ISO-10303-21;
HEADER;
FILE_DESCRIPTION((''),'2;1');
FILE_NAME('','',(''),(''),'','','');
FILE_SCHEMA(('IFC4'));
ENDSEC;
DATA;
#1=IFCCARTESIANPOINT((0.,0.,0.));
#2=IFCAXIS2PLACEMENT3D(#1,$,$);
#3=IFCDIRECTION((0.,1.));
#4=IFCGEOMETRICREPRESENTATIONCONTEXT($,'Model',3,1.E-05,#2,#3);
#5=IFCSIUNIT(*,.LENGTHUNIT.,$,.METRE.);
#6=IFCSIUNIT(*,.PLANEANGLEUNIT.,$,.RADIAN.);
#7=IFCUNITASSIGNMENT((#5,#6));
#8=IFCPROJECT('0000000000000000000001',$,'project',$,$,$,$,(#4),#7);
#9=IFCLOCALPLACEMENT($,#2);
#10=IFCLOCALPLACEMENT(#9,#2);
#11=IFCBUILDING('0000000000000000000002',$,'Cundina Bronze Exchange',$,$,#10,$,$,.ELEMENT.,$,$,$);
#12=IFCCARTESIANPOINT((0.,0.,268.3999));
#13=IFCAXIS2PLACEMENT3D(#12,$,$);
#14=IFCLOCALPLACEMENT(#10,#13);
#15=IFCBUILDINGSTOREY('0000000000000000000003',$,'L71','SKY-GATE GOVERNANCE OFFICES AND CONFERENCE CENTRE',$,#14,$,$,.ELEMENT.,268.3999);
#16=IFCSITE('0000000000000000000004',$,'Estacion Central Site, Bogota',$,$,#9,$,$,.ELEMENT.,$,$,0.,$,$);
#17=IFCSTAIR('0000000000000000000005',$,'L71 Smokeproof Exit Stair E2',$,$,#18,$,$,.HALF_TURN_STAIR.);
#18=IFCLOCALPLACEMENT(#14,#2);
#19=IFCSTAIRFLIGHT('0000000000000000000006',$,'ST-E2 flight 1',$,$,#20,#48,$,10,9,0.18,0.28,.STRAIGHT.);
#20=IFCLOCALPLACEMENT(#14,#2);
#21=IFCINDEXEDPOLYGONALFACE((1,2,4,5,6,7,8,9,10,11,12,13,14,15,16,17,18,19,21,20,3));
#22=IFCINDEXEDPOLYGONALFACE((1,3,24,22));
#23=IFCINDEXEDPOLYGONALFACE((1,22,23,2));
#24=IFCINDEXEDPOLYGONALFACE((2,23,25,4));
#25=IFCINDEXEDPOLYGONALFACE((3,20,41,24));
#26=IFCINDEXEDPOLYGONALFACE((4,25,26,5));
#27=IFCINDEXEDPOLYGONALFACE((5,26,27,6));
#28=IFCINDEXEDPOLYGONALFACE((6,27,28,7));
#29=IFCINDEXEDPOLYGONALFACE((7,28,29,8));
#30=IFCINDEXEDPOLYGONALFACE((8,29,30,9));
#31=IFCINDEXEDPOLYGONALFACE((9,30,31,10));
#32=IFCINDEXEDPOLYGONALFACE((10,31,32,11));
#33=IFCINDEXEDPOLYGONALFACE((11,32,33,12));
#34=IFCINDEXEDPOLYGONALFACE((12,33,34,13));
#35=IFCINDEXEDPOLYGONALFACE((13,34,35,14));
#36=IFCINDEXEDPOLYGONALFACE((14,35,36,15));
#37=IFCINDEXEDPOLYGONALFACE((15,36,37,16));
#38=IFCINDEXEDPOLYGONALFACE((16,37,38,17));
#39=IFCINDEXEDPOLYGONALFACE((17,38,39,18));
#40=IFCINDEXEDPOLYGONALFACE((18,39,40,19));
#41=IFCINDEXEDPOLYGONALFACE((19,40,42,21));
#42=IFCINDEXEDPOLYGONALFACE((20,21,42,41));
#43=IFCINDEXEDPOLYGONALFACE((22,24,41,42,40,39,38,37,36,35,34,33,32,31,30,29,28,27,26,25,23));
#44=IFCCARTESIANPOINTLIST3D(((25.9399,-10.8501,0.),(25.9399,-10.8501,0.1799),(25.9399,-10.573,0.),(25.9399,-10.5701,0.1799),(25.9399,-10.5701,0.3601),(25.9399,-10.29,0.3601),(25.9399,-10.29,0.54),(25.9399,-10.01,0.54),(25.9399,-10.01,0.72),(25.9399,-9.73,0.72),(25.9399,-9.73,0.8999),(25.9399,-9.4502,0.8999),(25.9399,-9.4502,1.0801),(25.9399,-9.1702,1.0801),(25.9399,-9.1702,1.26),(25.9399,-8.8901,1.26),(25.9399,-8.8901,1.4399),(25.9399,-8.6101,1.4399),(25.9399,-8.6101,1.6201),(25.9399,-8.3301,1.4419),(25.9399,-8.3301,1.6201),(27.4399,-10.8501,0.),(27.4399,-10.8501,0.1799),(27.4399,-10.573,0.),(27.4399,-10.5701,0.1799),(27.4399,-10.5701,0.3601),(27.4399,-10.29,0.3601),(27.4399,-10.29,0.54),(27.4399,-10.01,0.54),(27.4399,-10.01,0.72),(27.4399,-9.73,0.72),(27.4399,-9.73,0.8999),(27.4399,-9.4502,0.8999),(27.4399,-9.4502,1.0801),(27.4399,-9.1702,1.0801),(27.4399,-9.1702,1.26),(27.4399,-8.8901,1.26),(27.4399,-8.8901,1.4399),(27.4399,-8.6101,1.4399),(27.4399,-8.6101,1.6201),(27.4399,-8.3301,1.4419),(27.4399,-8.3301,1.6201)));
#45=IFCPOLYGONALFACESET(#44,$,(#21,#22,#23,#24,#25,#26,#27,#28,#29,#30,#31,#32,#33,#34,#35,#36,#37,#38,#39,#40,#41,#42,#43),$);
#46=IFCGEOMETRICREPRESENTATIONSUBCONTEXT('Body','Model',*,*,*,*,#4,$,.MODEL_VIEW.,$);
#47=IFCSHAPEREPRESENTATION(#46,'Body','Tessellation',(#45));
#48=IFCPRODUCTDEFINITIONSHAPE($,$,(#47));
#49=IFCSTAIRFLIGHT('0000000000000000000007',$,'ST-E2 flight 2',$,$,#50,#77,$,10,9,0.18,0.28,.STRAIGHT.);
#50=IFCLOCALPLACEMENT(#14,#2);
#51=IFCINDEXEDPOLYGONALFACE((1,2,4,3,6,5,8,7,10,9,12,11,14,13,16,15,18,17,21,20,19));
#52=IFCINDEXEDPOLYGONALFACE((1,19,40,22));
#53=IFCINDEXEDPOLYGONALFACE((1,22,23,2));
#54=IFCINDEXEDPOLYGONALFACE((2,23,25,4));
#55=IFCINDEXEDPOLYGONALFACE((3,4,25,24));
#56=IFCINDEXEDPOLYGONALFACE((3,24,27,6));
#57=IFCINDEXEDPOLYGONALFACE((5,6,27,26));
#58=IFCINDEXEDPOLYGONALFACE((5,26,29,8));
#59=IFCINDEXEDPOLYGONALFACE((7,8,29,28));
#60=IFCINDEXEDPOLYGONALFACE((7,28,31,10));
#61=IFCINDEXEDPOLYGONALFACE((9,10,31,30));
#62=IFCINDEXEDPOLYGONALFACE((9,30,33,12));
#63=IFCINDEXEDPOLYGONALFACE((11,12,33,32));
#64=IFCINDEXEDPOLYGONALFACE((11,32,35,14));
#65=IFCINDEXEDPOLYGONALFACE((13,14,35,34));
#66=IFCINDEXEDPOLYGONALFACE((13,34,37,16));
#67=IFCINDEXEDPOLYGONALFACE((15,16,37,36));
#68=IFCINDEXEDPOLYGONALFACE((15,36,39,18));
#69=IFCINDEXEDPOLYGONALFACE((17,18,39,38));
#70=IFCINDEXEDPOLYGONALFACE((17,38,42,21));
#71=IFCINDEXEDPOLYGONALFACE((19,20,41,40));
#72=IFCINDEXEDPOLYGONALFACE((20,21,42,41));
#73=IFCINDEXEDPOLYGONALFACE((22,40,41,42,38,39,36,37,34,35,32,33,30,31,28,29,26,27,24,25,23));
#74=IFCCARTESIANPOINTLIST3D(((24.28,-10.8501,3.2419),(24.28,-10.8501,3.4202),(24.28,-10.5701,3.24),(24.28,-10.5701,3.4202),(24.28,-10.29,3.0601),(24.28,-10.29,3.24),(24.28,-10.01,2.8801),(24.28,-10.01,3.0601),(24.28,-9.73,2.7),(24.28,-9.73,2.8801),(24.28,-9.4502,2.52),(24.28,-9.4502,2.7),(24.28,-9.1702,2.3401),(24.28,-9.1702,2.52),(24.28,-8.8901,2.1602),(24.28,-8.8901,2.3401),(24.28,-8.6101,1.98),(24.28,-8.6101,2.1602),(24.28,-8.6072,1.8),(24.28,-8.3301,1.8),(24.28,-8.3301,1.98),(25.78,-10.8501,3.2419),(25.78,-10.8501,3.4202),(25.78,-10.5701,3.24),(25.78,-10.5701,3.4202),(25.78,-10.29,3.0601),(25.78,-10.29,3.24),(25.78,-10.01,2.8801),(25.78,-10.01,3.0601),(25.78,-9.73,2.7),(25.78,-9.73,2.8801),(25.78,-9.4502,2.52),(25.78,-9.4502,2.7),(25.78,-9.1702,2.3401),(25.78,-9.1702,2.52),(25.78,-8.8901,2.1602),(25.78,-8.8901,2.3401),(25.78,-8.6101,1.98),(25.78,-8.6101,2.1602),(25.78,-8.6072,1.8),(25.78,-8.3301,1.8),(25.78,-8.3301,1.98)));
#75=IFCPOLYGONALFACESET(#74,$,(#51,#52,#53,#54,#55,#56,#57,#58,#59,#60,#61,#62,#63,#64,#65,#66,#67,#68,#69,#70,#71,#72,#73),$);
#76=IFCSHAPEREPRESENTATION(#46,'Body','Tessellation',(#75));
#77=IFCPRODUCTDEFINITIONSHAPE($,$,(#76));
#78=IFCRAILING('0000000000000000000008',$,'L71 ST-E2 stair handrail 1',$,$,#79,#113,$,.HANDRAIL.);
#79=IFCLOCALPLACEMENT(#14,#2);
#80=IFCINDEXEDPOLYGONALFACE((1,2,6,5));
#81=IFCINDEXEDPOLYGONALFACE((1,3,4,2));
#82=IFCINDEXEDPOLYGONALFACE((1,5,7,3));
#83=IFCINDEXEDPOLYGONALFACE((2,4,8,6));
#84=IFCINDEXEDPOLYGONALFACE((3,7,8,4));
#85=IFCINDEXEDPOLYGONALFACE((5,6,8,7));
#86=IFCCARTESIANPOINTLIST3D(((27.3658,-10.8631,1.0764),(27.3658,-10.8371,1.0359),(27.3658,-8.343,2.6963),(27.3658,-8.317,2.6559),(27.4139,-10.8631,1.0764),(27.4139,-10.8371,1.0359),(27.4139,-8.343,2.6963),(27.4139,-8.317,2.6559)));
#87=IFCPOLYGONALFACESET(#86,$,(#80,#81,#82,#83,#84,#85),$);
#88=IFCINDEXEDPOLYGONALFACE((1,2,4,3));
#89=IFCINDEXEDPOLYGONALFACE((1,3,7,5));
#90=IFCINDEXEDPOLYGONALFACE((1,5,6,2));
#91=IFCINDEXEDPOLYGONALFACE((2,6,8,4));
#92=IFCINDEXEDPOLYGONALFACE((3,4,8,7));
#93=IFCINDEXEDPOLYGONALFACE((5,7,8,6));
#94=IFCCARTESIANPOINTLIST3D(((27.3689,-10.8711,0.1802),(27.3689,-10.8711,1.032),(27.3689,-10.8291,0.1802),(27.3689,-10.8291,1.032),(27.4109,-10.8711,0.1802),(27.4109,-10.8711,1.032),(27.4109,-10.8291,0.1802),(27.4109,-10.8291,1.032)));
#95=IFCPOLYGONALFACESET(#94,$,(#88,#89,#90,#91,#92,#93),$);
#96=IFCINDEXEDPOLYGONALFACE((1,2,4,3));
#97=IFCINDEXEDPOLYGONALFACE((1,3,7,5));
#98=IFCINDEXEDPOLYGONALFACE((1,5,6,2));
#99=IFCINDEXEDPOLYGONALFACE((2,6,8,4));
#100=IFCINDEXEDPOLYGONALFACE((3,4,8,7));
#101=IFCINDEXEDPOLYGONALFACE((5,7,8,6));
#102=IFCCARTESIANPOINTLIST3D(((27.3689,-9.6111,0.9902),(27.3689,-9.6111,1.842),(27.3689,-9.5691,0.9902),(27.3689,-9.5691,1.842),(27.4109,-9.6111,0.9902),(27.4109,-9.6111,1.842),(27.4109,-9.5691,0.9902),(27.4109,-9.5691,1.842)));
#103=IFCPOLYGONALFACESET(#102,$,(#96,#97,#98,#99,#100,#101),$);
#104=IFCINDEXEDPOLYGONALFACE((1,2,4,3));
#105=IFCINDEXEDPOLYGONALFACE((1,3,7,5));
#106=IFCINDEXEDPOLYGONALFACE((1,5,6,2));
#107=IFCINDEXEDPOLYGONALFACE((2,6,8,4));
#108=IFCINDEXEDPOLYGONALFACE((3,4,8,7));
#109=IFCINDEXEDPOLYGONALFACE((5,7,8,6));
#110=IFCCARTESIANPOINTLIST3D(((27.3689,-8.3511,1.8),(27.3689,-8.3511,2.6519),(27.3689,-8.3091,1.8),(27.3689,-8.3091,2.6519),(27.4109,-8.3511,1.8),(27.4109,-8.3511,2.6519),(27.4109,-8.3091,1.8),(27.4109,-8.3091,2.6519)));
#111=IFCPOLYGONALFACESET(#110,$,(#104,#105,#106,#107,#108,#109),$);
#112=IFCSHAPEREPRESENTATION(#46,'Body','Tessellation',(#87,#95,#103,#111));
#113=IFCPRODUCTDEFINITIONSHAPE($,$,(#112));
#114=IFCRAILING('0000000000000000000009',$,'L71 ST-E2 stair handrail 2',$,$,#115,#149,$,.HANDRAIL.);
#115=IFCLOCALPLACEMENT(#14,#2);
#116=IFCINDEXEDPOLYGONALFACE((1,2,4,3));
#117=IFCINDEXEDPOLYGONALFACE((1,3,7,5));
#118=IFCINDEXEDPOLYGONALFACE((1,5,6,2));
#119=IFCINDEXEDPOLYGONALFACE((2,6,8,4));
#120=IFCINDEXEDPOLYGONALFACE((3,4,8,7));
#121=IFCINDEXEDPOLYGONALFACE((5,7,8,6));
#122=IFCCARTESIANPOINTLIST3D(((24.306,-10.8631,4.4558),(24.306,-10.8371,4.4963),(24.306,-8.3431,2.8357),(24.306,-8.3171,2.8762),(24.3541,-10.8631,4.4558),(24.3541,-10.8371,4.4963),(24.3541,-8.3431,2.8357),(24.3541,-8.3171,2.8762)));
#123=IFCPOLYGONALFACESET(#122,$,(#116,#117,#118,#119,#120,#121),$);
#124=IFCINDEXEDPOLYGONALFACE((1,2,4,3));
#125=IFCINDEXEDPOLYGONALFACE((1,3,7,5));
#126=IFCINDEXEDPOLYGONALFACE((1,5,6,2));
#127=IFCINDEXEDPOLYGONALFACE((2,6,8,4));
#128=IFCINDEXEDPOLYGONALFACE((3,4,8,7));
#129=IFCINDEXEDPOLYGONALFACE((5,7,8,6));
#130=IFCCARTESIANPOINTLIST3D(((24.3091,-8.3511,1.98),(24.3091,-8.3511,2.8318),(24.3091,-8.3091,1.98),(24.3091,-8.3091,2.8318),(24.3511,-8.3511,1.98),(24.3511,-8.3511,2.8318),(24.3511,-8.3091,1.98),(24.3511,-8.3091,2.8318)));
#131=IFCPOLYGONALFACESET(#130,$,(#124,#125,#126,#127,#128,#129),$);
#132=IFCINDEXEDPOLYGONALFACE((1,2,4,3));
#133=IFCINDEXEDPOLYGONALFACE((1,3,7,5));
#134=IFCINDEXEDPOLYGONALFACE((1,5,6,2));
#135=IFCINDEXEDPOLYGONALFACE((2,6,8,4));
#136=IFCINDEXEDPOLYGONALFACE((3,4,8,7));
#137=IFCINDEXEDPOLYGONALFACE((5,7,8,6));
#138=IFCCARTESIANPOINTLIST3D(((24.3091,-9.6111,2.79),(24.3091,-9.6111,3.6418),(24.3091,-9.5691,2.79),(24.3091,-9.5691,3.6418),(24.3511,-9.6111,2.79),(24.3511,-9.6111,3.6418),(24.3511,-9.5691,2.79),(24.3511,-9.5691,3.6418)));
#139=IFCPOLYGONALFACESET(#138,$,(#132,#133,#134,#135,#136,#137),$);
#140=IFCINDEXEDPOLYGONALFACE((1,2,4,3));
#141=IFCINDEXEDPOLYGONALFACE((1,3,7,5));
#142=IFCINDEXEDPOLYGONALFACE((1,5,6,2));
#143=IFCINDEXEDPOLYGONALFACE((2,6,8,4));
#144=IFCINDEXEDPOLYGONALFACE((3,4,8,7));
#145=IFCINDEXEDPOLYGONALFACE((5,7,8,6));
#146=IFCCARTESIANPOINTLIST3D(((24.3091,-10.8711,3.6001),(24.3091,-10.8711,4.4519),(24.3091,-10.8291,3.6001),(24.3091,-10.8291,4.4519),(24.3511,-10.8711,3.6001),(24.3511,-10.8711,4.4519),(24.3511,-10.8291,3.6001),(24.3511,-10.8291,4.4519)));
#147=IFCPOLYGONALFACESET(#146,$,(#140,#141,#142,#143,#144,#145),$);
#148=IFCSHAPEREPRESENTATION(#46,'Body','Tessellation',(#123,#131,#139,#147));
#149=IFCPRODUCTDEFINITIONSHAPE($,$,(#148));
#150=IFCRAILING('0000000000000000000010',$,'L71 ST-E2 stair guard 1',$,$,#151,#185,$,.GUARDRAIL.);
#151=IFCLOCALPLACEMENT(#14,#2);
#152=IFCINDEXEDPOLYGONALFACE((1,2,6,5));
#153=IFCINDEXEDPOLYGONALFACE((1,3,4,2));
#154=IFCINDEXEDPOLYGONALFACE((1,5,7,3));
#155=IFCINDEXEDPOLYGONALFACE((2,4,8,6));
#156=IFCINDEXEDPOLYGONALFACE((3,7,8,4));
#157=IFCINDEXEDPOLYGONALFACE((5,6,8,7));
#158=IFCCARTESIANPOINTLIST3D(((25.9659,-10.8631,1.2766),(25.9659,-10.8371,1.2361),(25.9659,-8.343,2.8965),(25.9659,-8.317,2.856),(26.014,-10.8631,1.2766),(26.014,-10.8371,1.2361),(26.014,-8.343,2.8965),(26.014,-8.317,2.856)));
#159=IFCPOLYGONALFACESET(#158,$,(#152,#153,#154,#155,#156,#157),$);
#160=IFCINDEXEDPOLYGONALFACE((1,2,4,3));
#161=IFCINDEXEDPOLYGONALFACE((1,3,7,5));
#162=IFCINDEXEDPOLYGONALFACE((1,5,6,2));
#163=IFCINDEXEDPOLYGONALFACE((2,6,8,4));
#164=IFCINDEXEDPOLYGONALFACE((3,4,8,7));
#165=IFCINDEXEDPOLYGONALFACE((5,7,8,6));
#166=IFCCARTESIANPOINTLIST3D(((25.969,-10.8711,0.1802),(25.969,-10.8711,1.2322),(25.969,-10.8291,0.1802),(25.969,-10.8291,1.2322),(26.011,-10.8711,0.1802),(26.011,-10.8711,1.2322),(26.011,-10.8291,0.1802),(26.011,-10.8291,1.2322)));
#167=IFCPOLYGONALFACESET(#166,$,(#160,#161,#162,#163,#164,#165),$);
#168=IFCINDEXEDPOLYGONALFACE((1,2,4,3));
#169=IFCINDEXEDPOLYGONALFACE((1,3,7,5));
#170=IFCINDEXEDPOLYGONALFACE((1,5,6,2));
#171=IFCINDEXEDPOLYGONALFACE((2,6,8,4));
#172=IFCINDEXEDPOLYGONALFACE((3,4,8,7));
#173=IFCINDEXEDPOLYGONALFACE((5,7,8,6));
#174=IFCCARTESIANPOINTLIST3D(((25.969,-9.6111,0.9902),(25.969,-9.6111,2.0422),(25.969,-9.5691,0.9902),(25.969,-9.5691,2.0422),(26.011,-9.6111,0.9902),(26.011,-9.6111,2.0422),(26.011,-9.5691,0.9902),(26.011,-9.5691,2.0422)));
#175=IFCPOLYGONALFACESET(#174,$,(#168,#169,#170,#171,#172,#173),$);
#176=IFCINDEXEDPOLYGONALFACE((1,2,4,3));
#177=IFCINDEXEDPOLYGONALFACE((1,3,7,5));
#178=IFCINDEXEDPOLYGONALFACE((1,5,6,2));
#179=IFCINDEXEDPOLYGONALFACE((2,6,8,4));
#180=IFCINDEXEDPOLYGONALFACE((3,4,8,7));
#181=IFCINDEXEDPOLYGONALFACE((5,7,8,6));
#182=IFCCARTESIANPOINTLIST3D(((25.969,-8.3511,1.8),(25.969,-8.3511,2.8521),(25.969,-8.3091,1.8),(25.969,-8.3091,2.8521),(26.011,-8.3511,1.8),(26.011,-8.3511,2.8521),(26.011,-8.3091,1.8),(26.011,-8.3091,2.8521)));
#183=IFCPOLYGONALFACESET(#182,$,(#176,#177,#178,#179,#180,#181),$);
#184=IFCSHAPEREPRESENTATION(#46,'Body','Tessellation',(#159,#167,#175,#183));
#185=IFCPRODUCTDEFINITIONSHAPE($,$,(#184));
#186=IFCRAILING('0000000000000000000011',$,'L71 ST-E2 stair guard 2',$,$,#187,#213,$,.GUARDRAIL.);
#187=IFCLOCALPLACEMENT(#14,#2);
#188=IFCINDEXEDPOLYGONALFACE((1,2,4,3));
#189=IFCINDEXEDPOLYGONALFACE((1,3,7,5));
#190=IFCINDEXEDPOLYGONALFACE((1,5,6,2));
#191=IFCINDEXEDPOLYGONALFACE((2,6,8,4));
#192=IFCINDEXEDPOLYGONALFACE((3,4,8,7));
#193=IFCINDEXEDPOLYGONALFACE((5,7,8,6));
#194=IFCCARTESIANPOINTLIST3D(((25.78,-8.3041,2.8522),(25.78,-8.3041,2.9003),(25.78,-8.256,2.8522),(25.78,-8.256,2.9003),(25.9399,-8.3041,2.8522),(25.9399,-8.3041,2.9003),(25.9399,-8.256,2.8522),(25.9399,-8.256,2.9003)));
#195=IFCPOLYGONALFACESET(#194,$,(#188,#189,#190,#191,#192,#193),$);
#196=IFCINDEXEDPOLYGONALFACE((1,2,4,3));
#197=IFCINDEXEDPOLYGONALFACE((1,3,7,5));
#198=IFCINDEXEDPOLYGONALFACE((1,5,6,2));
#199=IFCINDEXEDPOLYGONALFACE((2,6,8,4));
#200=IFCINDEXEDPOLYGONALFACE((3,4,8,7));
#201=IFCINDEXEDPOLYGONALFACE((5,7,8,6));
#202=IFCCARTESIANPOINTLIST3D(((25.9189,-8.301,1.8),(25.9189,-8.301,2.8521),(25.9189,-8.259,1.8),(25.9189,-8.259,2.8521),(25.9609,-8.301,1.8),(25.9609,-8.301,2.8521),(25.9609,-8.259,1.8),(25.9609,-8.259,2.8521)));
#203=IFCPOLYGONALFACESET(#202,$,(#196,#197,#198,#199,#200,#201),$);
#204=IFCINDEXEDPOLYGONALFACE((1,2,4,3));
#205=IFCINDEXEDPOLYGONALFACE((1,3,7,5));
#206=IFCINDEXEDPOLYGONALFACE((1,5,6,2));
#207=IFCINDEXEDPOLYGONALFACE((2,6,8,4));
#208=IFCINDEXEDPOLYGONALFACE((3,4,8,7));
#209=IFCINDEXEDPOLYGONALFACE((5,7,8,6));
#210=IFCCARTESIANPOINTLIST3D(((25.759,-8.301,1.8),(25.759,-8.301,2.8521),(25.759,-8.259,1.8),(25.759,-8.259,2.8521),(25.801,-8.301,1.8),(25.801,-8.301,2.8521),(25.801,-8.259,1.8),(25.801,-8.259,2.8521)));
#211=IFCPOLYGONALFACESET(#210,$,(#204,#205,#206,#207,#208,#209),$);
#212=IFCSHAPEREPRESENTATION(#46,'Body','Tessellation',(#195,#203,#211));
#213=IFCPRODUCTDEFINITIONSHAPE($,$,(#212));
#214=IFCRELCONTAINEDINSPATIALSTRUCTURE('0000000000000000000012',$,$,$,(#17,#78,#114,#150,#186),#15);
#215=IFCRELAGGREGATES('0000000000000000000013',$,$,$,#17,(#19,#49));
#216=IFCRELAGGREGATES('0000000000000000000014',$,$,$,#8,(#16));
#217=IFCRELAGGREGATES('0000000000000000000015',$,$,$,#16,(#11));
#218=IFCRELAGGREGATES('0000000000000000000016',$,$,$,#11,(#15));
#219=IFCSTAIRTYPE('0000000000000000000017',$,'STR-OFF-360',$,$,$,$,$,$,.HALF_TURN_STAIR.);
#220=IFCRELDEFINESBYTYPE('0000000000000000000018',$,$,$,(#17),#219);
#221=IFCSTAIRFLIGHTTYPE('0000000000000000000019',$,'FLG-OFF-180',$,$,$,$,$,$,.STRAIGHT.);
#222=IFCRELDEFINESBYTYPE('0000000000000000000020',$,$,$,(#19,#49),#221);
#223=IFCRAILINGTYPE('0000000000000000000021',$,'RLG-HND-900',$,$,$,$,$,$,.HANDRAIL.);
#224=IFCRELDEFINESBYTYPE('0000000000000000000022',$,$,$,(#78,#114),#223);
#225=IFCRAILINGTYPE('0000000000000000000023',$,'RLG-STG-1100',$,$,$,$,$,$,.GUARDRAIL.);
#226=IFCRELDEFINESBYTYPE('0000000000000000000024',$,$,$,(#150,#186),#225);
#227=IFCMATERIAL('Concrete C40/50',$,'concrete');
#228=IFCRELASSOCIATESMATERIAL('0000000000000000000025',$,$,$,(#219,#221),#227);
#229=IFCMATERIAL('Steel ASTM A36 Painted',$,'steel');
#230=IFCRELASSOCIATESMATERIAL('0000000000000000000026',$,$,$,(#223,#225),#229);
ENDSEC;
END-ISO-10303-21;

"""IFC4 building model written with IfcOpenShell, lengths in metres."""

from ifc_helpers import new_model, si_unit, direction, frame, origin, origin_2d, place, context, subcontext, project, spatial, polyline, rectangle, outline, extrude, material, type_object, element, aggregate, save


model = new_model("IFC4")

# Units and contexts
model_context = context("Model", 3, precision=1e-05, world=origin(), true_north=direction((0.0, 1.0)))
body_context = subcontext(model_context, "Body", "Model", "MODEL_VIEW")
ifc_project = project(units=[si_unit("LENGTHUNIT", "METRE"), si_unit("PLANEANGLEUNIT", "RADIAN")], contexts=[model_context])

# Site, building, storey
site_placement = place(None, origin())
site = spatial("IfcSite", under=ifc_project, at=site_placement, Name="Estacion Central Site, Bogota", CompositionType="ELEMENT", RefElevation=0.0)
building_placement = place(site_placement, origin())
building = spatial("IfcBuilding", under=site, at=building_placement, Name="Cundina Bronze Exchange", CompositionType="ELEMENT")
storey_placement = place(building_placement, frame((0.0, 0.0, 268.3999)))
storey = spatial("IfcBuildingStorey", under=building, at=storey_placement, Name="L71", Description="SKY-GATE GOVERNANCE OFFICES AND CONFERENCE CENTRE", CompositionType="ELEMENT", Elevation=268.3999)

# Shared definitions
ifc_material_1 = material(Name="Steel ASTM A36 Painted", Category="steel")

# Stair, stair flights
ifc_material_2 = material(Name="Concrete C40/50", Category="concrete")
stair_type = type_object("IfcStairType", Name="STR-OFF-360", PredefinedType="HALF_TURN_STAIR", material=ifc_material_2)
stair_placement = place(storey_placement, origin())
stair = element("IfcStair", 1, at=stair_placement, inside=storey, type_object=stair_type, Name="L71 Smokeproof Exit Stair E2", PredefinedType="HALF_TURN_STAIR")
stair_flight_type = type_object("IfcStairFlightType", Name="FLG-OFF-180", PredefinedType="STRAIGHT", material=ifc_material_2)
stair_flight_1_placement = place(storey_placement, frame((26.6899, -10.8501, 0.0), z_axis=(0.0, 0.0, 1.0), x_axis=(0.0, 1.0, 0.0)))
stair_flight_1 = element("IfcStairFlight", 2, at=stair_flight_1_placement, type_object=stair_flight_type, Name="ST-E2 flight 1", NumberOfRisers=10, NumberOfTreads=9, PredefinedType="STRAIGHT", RiserHeight=0.18, TreadLength=0.28, context=body_context, shape_type="SweptSolid", body=[
    extrude(outline(polyline([(0.0, 0.0), (0.0, 0.1799), (0.28, 0.1799), (0.28, 0.3601), (0.5601, 0.3601), (0.5601, 0.54), (0.8401, 0.54), (0.8401, 0.72), (1.1201, 0.72), (1.1201, 0.8999), (1.3999, 0.8999), (1.3999, 1.0801), (1.6799, 1.0801), (1.6799, 1.26), (1.96, 1.26), (1.96, 1.4399), (2.24, 1.4399), (2.24, 1.6201), (2.52, 1.6201), (2.52, 1.8), (2.52, 1.4419), (0.2771, 0.0), (0.0, 0.0)])), frame((0.0, 0.75, 0.0), z_axis=(0.0, -1.0, 0.0), x_axis=(1.0, 0.0, 0.0)), (0.0, 0.0, 1.0), 1.5),
])
stair_flight_2_placement = place(storey_placement, frame((25.03, -8.3301, 1.8), z_axis=(0.0, 0.0, 1.0), x_axis=(0.0, -1.0, 0.0)))
stair_flight_2 = element("IfcStairFlight", 3, at=stair_flight_2_placement, type_object=stair_flight_type, Name="ST-E2 flight 2", NumberOfRisers=10, NumberOfTreads=9, PredefinedType="STRAIGHT", RiserHeight=0.18, TreadLength=0.28, context=body_context, shape_type="SweptSolid", body=[
    extrude(outline(polyline([(0.0, 0.0), (0.0, 0.1799), (0.28, 0.1799), (0.28, 0.3601), (0.5601, 0.3601), (0.5601, 0.54), (0.8401, 0.54), (0.8401, 0.72), (1.1201, 0.72), (1.1201, 0.8999), (1.3999, 0.8999), (1.3999, 1.0801), (1.6799, 1.0801), (1.6799, 1.26), (1.96, 1.26), (1.96, 1.4399), (2.24, 1.4399), (2.24, 1.6201), (2.52, 1.6201), (2.52, 1.8), (2.52, 1.4419), (0.2771, 0.0), (0.0, 0.0)])), frame((0.0, 0.75, 0.0), z_axis=(0.0, -1.0, 0.0), x_axis=(1.0, 0.0, 0.0)), (0.0, 0.0, 1.0), 1.5),
])
aggregate(stair, [stair_flight_1, stair_flight_2])

# Railings
railing_type_1 = type_object("IfcRailingType", Name="RLG-HND-900", PredefinedType="HANDRAIL", material=ifc_material_1)
railing_1_placement = place(storey_placement, frame((27.3899, -10.8501, 0.1802)))
element("IfcRailing", 4, at=railing_1_placement, inside=storey, type_object=railing_type_1, Name="L71 ST-E2 stair handrail 1", PredefinedType="HANDRAIL", context=body_context, shape_type="SweptSolid", body=[
    extrude(rectangle(XDim=0.0481, YDim=0.0481, at=origin_2d()), frame((0.0, 0.0, 0.876), z_axis=(0.0, 0.8412, 0.540725), x_axis=(-1.0, 0.0, 0.0)), (0.0, 0.0, 1.0), 2.9958),
    extrude(rectangle(XDim=0.042, YDim=0.042, at=origin_2d()), origin(), (0.0, 0.0, 1.0), 0.8518),
    extrude(rectangle(XDim=0.042, YDim=0.042, at=origin_2d()), frame((0.0, 1.26, 0.8101)), (0.0, 0.0, 1.0), 0.8518),
    extrude(rectangle(XDim=0.042, YDim=0.042, at=origin_2d()), frame((0.0, 2.52, 1.6199)), (0.0, 0.0, 1.0), 0.8518),
])
railing_2_placement = place(storey_placement, frame((24.3301, -8.3301, 1.98)))
element("IfcRailing", 5, at=railing_2_placement, inside=storey, type_object=railing_type_1, Name="L71 ST-E2 stair handrail 2", PredefinedType="HANDRAIL", context=body_context, shape_type="SweptSolid", body=[
    extrude(rectangle(XDim=0.0481, YDim=0.0481, at=origin_2d()), frame((0.0, 0.0, 0.876), z_axis=(0.0, -0.841163, 0.540782), x_axis=(1.0, 0.0, 0.0)), (0.0, 0.0, 1.0), 2.9958),
    extrude(rectangle(XDim=0.042, YDim=0.042, at=origin_2d()), origin(), (0.0, 0.0, 1.0), 0.8518),
    extrude(rectangle(XDim=0.042, YDim=0.042, at=origin_2d()), frame((0.0, -1.26, 0.8101)), (0.0, 0.0, 1.0), 0.8518),
    extrude(rectangle(XDim=0.042, YDim=0.042, at=origin_2d()), frame((0.0, -2.52, 1.6201)), (0.0, 0.0, 1.0), 0.8518),
])
railing_type_2 = type_object("IfcRailingType", Name="RLG-STG-1100", PredefinedType="GUARDRAIL", material=ifc_material_1)
railing_3_placement = place(storey_placement, frame((25.99, -10.8501, 0.1802)))
element("IfcRailing", 6, at=railing_3_placement, inside=storey, type_object=railing_type_2, Name="L71 ST-E2 stair guard 1", PredefinedType="GUARDRAIL", context=body_context, shape_type="SweptSolid", body=[
    extrude(rectangle(XDim=0.0481, YDim=0.0481, at=origin_2d()), frame((0.0, 0.0, 1.0762), z_axis=(0.0, 0.8412, 0.540725), x_axis=(-1.0, 0.0, 0.0)), (0.0, 0.0, 1.0), 2.9958),
    extrude(rectangle(XDim=0.042, YDim=0.042, at=origin_2d()), origin(), (0.0, 0.0, 1.0), 1.052),
    extrude(rectangle(XDim=0.042, YDim=0.042, at=origin_2d()), frame((0.0, 1.26, 0.8101)), (0.0, 0.0, 1.0), 1.052),
    extrude(rectangle(XDim=0.042, YDim=0.042, at=origin_2d()), frame((0.0, 2.52, 1.6199)), (0.0, 0.0, 1.0), 1.052),
])
railing_4_placement = place(storey_placement, frame((25.9399, -8.28, 1.8)))
element("IfcRailing", 7, at=railing_4_placement, inside=storey, type_object=railing_type_2, Name="L71 ST-E2 stair guard 2", PredefinedType="GUARDRAIL", context=body_context, shape_type="SweptSolid", body=[
    extrude(rectangle(XDim=0.0481, YDim=0.0481, at=origin_2d()), frame((0.0, 0.0, 1.0762), z_axis=(-1.0, 0.0, 0.0), x_axis=(0.0, -1.0, 0.0)), (0.0, 0.0, 1.0), 0.1599),
    extrude(rectangle(XDim=0.042, YDim=0.042, at=origin_2d()), origin(), (0.0, 0.0, 1.0), 1.052),
    extrude(rectangle(XDim=0.042, YDim=0.042, at=origin_2d()), frame((-0.1599, 0.0, 0.0)), (0.0, 0.0, 1.0), 1.052),
])

save(model, "model.ifc")
